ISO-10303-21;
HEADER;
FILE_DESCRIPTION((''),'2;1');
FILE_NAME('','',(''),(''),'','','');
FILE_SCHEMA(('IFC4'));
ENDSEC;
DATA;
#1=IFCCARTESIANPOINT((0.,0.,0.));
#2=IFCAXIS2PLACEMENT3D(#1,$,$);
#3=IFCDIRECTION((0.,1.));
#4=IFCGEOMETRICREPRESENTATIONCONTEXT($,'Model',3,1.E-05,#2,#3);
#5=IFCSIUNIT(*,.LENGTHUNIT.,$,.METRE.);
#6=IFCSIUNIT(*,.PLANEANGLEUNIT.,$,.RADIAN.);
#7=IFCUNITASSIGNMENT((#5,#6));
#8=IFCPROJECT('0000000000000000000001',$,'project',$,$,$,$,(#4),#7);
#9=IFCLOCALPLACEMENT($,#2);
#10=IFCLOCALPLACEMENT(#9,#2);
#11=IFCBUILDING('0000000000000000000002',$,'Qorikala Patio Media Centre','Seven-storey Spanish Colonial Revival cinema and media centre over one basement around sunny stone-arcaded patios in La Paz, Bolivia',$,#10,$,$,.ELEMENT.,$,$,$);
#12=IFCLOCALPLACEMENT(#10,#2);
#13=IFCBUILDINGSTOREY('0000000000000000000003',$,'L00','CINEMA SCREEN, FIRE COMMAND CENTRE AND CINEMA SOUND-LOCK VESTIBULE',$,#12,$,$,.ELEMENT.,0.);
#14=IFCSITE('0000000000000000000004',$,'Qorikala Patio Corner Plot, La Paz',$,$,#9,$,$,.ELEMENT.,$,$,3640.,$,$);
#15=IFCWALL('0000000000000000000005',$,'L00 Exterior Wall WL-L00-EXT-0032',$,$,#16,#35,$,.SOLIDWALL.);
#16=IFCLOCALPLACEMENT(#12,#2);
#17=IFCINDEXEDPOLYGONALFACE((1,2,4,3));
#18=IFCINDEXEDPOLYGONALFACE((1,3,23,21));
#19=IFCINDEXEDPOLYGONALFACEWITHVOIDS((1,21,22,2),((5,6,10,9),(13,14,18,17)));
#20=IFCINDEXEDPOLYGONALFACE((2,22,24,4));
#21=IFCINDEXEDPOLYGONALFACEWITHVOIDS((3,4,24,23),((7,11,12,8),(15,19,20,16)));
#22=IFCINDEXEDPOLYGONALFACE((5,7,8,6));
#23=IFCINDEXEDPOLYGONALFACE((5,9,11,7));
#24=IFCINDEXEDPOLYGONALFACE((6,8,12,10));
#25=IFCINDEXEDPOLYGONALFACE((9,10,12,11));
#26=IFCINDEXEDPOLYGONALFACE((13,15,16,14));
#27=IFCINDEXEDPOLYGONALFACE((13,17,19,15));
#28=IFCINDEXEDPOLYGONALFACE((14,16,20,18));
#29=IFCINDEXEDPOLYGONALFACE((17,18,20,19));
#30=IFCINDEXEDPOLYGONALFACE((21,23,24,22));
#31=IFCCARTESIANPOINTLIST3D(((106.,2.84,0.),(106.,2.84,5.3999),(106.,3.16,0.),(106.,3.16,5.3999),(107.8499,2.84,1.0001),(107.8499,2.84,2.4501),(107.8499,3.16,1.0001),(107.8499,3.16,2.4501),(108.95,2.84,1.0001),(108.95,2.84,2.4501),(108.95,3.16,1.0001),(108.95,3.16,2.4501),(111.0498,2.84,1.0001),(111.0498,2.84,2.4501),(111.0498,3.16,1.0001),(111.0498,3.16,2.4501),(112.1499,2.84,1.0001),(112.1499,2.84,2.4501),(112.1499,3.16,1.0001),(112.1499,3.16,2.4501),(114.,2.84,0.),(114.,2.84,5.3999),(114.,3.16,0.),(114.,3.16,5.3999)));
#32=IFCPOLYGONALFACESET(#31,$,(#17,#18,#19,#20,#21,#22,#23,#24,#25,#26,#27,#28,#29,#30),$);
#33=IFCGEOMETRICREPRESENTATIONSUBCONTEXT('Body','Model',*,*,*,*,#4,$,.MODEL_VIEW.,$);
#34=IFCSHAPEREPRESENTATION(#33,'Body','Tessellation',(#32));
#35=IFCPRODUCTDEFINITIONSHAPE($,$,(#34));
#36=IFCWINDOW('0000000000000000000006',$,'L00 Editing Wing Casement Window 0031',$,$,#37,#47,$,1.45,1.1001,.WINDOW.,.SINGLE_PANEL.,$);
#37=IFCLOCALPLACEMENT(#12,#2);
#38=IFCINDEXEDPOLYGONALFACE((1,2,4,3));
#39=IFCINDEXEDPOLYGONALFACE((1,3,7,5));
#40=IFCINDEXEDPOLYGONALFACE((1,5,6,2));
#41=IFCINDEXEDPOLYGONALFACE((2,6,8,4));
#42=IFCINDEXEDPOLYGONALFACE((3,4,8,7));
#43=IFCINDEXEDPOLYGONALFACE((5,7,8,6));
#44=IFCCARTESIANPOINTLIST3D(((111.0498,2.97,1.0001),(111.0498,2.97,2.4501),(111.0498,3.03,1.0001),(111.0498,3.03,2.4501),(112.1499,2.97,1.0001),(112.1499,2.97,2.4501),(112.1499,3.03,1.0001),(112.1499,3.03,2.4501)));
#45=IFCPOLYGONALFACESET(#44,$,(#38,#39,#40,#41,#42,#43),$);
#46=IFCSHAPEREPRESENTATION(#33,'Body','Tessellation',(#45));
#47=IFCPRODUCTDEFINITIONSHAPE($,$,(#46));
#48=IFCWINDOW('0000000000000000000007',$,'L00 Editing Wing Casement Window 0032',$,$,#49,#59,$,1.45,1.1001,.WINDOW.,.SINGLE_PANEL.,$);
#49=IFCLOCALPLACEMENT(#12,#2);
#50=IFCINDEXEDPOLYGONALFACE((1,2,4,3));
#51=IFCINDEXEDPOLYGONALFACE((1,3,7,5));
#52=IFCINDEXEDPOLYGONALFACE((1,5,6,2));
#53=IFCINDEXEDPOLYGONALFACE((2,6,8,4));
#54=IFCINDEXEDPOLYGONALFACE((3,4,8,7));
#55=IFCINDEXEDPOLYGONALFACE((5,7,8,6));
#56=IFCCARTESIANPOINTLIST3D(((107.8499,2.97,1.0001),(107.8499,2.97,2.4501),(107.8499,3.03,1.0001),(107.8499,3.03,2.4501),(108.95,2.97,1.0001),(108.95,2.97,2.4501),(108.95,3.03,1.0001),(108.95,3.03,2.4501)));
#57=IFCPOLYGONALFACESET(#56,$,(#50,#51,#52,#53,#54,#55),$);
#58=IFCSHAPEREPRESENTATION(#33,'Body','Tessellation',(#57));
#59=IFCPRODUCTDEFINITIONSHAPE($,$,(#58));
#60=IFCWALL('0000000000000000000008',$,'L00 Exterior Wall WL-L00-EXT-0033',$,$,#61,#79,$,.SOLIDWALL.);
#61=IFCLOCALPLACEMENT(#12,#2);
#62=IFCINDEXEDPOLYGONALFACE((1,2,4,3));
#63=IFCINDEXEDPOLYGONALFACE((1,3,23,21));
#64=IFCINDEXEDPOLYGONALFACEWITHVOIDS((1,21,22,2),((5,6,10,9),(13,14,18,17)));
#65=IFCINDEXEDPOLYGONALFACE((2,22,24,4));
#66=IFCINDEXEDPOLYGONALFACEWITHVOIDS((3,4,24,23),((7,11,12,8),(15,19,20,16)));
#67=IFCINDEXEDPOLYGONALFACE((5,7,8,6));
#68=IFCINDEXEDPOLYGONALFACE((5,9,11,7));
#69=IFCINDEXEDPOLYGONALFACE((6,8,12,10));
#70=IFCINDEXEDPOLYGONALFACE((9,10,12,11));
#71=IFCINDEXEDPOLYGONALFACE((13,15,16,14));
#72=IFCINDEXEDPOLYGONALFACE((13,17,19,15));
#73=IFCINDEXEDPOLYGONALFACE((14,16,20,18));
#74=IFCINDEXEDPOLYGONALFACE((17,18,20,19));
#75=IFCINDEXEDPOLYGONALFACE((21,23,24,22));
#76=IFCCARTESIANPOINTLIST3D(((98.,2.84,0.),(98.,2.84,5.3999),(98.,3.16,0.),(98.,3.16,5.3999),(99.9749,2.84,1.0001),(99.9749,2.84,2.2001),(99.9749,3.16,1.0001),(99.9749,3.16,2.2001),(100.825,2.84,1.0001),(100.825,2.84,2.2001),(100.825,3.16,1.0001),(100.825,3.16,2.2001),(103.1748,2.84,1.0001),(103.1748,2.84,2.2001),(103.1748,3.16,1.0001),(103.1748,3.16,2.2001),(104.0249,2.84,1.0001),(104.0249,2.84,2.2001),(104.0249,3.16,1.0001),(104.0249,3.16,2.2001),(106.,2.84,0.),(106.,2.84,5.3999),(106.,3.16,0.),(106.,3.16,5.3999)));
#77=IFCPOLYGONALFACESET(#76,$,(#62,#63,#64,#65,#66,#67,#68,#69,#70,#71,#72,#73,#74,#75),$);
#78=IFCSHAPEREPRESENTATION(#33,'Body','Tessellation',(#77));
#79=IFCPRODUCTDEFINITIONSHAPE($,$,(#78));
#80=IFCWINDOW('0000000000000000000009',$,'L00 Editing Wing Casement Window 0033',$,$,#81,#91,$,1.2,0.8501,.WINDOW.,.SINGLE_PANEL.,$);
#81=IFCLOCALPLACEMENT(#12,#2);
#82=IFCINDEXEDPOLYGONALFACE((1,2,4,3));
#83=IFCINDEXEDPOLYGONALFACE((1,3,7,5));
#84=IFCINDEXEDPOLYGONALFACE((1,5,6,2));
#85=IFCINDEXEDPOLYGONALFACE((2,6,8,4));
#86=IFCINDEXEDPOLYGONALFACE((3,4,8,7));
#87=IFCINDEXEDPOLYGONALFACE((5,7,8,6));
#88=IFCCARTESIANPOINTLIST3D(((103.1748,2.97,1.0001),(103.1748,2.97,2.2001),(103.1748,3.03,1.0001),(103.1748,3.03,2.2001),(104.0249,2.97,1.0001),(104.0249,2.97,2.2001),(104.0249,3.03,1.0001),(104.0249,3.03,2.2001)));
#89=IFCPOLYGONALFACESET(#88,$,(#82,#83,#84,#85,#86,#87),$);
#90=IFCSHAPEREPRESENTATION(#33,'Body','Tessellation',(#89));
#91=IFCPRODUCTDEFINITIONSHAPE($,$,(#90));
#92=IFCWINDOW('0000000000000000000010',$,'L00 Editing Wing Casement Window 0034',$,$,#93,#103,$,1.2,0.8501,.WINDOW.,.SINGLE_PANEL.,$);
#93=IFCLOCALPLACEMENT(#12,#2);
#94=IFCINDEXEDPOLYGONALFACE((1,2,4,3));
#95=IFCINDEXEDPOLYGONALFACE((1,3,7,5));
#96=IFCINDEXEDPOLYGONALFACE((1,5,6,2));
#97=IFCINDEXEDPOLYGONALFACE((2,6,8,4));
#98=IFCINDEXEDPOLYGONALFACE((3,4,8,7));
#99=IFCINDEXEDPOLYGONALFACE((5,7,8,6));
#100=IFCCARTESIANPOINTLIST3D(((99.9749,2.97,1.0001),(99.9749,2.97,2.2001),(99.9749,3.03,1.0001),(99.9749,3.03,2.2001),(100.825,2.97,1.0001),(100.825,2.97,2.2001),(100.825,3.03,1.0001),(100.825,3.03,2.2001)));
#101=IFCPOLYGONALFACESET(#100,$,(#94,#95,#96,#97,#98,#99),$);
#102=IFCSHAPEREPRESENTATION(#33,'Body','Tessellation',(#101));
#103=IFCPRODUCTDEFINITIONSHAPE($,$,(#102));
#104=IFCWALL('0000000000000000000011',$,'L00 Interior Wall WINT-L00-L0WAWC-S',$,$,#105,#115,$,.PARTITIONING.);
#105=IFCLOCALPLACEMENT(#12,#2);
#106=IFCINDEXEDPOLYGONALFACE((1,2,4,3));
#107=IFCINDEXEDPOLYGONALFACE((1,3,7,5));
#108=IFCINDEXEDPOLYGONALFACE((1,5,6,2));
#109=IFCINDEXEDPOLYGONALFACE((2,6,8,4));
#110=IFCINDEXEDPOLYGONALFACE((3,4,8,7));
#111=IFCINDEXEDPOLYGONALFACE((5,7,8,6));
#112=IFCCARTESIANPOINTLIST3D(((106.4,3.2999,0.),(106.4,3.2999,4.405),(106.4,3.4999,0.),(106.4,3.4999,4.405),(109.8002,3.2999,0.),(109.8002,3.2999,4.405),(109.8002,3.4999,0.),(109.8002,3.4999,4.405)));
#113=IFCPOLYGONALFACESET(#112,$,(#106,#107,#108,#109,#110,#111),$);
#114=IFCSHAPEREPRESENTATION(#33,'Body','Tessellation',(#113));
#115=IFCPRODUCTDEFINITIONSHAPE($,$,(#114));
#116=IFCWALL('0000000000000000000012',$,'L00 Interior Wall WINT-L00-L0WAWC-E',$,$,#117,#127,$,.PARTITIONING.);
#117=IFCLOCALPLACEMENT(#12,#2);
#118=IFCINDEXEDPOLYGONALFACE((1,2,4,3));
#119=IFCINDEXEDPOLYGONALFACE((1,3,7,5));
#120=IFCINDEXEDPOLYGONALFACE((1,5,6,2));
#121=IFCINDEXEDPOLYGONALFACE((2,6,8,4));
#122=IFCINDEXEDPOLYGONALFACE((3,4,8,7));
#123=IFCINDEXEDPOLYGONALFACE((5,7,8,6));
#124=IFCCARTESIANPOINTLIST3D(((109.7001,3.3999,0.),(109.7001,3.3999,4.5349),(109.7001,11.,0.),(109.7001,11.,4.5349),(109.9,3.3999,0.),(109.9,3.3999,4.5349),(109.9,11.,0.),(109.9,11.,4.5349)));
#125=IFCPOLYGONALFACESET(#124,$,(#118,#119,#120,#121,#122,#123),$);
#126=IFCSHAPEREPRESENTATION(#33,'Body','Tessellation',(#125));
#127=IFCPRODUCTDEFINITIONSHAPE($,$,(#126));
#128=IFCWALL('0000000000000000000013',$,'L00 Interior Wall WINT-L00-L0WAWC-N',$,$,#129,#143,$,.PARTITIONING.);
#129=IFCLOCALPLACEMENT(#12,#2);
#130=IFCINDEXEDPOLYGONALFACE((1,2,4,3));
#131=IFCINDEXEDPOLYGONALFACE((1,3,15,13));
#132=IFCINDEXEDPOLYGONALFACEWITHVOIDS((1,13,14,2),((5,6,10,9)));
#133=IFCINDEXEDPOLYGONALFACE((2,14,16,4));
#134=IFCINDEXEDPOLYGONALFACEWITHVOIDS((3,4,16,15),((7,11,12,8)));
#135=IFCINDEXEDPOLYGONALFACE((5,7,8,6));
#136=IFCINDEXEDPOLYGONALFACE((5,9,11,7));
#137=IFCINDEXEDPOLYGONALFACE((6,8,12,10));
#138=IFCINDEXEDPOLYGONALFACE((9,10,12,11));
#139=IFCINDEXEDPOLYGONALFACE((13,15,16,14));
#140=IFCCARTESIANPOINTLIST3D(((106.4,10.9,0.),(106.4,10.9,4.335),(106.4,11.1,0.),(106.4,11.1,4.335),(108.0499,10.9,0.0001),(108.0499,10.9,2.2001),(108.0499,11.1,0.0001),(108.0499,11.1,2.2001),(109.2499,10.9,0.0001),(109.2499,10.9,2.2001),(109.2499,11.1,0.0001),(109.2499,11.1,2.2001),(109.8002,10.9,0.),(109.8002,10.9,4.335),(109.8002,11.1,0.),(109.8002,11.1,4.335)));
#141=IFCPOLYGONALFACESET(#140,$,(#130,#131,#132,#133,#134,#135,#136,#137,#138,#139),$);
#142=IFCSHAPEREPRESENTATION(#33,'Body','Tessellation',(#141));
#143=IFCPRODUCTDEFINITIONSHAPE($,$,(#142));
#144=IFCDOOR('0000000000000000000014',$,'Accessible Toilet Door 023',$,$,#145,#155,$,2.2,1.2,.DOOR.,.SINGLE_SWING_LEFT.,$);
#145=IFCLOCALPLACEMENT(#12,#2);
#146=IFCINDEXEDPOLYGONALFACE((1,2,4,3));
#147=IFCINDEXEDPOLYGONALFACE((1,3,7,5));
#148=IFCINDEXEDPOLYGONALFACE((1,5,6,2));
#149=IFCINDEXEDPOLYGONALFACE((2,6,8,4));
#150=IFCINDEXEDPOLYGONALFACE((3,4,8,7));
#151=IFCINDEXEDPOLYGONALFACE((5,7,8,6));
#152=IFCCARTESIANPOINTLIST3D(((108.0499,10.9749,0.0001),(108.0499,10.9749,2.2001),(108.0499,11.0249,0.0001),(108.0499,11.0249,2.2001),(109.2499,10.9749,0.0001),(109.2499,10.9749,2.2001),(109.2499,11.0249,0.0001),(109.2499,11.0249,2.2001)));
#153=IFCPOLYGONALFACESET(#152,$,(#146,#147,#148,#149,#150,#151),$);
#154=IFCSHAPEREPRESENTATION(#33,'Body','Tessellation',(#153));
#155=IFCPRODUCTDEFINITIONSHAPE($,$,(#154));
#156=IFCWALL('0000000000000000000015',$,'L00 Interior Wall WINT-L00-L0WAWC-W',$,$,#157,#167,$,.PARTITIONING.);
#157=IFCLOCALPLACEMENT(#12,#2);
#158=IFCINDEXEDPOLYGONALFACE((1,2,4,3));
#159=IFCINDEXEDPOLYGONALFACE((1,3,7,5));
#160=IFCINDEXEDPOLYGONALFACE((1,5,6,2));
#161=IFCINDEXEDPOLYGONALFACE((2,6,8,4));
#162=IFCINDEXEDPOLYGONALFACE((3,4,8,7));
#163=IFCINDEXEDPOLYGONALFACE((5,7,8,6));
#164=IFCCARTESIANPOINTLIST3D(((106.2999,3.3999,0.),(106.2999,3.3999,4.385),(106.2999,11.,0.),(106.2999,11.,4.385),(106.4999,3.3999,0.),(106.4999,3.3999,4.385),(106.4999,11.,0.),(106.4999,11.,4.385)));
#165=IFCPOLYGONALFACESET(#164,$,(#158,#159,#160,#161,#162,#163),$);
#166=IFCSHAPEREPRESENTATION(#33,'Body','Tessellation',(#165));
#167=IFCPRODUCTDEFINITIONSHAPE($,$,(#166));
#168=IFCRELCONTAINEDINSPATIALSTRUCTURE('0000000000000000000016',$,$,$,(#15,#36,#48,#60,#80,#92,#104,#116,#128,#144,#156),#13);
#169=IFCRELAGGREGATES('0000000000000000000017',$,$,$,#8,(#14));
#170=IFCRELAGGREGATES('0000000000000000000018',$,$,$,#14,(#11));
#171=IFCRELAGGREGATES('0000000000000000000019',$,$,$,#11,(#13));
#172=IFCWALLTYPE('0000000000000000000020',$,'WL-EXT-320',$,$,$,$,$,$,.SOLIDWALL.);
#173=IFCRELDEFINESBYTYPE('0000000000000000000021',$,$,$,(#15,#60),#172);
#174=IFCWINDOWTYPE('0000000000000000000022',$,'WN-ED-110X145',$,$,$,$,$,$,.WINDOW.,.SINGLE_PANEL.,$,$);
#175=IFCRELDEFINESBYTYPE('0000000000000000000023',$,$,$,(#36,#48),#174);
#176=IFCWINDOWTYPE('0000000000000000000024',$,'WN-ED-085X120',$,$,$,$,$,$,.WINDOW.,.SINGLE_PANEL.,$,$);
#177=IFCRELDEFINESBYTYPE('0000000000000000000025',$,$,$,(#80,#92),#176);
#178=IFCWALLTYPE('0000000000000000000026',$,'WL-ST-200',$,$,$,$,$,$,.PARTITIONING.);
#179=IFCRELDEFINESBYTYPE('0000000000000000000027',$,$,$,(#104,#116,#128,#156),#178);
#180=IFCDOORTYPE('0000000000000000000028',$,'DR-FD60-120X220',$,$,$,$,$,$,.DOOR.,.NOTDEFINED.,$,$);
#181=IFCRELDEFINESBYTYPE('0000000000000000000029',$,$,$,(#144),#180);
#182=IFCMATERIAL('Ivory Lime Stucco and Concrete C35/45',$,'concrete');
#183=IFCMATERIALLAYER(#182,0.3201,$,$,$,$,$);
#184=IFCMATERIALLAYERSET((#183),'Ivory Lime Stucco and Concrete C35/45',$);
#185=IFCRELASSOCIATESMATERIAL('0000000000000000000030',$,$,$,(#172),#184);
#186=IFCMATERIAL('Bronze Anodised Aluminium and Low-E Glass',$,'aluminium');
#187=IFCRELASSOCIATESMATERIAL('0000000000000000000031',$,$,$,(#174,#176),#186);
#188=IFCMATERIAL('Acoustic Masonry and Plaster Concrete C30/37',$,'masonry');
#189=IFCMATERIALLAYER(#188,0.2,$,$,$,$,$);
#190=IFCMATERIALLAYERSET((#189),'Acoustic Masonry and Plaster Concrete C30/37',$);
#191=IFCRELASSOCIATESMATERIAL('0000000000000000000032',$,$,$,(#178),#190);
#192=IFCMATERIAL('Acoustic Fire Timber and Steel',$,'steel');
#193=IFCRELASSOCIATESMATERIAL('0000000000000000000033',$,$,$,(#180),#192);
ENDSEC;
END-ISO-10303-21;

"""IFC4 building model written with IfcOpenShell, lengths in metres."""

from ifc_helpers import new_model, si_unit, direction, frame, frame_2d, origin, place, context, subcontext, project, spatial, rectangle, extrude, material, layer, layer_set, type_object, element, fill, save


model = new_model("IFC4")

# Units and contexts
model_context = context("Model", 3, precision=1e-05, world=origin(), true_north=direction((0.0, 1.0)))
body_context = subcontext(model_context, "Body", "Model", "MODEL_VIEW")
ifc_project = project(units=[si_unit("LENGTHUNIT", "METRE"), si_unit("PLANEANGLEUNIT", "RADIAN")], contexts=[model_context])

# Site, building, storey
site_placement = place(None, origin())
site = spatial("IfcSite", under=ifc_project, at=site_placement, Name="Qorikala Patio Corner Plot, La Paz", CompositionType="ELEMENT", RefElevation=3640.0)
building_placement = place(site_placement, origin())
building = spatial("IfcBuilding", under=site, at=building_placement, Name="Qorikala Patio Media Centre", Description="Seven-storey Spanish Colonial Revival cinema and media centre over one basement around sunny stone-arcaded patios in La Paz, Bolivia", CompositionType="ELEMENT")
storey_placement = place(building_placement, origin())
storey = spatial("IfcBuildingStorey", under=building, at=storey_placement, Name="L00", Description="CINEMA SCREEN, FIRE COMMAND CENTRE AND CINEMA SOUND-LOCK VESTIBULE", CompositionType="ELEMENT", Elevation=0.0)

# Walls, openings, windows
ifc_material_1 = material(Name="Ivory Lime Stucco and Concrete C35/45", Category="concrete")
ifc_layer_1 = layer(ifc_material_1, 0.3201)
ifc_layer_set_1 = layer_set([ifc_layer_1], Name="Ivory Lime Stucco and Concrete C35/45")
wall_type_1 = type_object("IfcWallType", Name="WL-EXT-320", PredefinedType="SOLIDWALL", material=ifc_layer_set_1)
wall_1_placement = place(storey_placement, frame((114.0, 3.0, 0.0), z_axis=(0.0, 0.0, 1.0), x_axis=(-1.0, 0.0, 0.0)))
wall_1 = element("IfcWall", 1, at=wall_1_placement, inside=storey, type_object=wall_type_1, Name="L00 Exterior Wall WL-L00-EXT-0032", PredefinedType="SOLIDWALL", context=body_context, shape_type="SweptSolid", body=[
    extrude(rectangle(XDim=8.0, YDim=0.3201, at=frame_2d((4.0, 0.0))), origin(), (0.0, 0.0, 1.0), 5.3999),
])
opening_1_placement = place(wall_1_placement, frame((1.8501, 0.0, 1.0)))
opening_1 = element("IfcOpeningElement", 2, at=opening_1_placement, cuts=wall_1, PredefinedType="OPENING", context=body_context, shape_type="SweptSolid", body=[
    extrude(rectangle(XDim=1.1001, YDim=1.45, at=frame_2d((0.55, 0.7251))), frame((0.0, 0.1699, 0.0), z_axis=(0.0, -1.0, 0.0), x_axis=(1.0, 0.0, 0.0)), (0.0, 0.0, 1.0), 0.3401),
])
opening_2_placement = place(wall_1_placement, frame((5.05, 0.0, 1.0)))
opening_2 = element("IfcOpeningElement", 3, at=opening_2_placement, cuts=wall_1, PredefinedType="OPENING", context=body_context, shape_type="SweptSolid", body=[
    extrude(rectangle(XDim=1.1001, YDim=1.45, at=frame_2d((0.55, 0.7251))), frame((0.0, 0.1699, 0.0), z_axis=(0.0, -1.0, 0.0), x_axis=(1.0, 0.0, 0.0)), (0.0, 0.0, 1.0), 0.3401),
])
ifc_material_2 = material(Name="Bronze Anodised Aluminium and Low-E Glass", Category="aluminium")
window_type_1 = type_object("IfcWindowType", Name="WN-ED-110X145", PartitioningType="SINGLE_PANEL", PredefinedType="WINDOW", material=ifc_material_2)
window_1_placement = place(opening_1_placement, origin())
window_1 = element("IfcWindow", 4, at=window_1_placement, inside=storey, type_object=window_type_1, Name="L00 Editing Wing Casement Window 0031", OverallHeight=1.45, OverallWidth=1.1001, PartitioningType="SINGLE_PANEL", PredefinedType="WINDOW", context=body_context, shape_type="SweptSolid", body=[
    extrude(rectangle(XDim=1.1001, YDim=1.45, at=frame_2d((0.55, 0.7251))), frame((0.0, 0.03, 0.0), z_axis=(0.0, -1.0, 0.0), x_axis=(1.0, 0.0, 0.0)), (0.0, 0.0, 1.0), 0.0601),
])
fill(opening_1, window_1)
window_2_placement = place(opening_2_placement, origin())
window_2 = element("IfcWindow", 5, at=window_2_placement, inside=storey, type_object=window_type_1, Name="L00 Editing Wing Casement Window 0032", OverallHeight=1.45, OverallWidth=1.1001, PartitioningType="SINGLE_PANEL", PredefinedType="WINDOW", context=body_context, shape_type="SweptSolid", body=[
    extrude(rectangle(XDim=1.1001, YDim=1.45, at=frame_2d((0.55, 0.7251))), frame((0.0, 0.03, 0.0), z_axis=(0.0, -1.0, 0.0), x_axis=(1.0, 0.0, 0.0)), (0.0, 0.0, 1.0), 0.0601),
])
fill(opening_2, window_2)
wall_2_placement = place(storey_placement, frame((106.0, 3.0, 0.0), z_axis=(0.0, 0.0, 1.0), x_axis=(-1.0, 0.0, 0.0)))
wall_2 = element("IfcWall", 6, at=wall_2_placement, inside=storey, type_object=wall_type_1, Name="L00 Exterior Wall WL-L00-EXT-0033", PredefinedType="SOLIDWALL", context=body_context, shape_type="SweptSolid", body=[
    extrude(rectangle(XDim=8.0, YDim=0.3201, at=frame_2d((4.0, 0.0))), origin(), (0.0, 0.0, 1.0), 5.3999),
])
opening_3_placement = place(wall_2_placement, frame((1.9751, 0.0, 1.0)))
opening_3 = element("IfcOpeningElement", 7, at=opening_3_placement, cuts=wall_2, PredefinedType="OPENING", context=body_context, shape_type="SweptSolid", body=[
    extrude(rectangle(XDim=0.8501, YDim=1.2, at=frame_2d((0.425, 0.6001))), frame((0.0, 0.1699, 0.0), z_axis=(0.0, -1.0, 0.0), x_axis=(1.0, 0.0, 0.0)), (0.0, 0.0, 1.0), 0.3401),
])
opening_4_placement = place(wall_2_placement, frame((5.175, 0.0, 1.0)))
opening_4 = element("IfcOpeningElement", 8, at=opening_4_placement, cuts=wall_2, PredefinedType="OPENING", context=body_context, shape_type="SweptSolid", body=[
    extrude(rectangle(XDim=0.8501, YDim=1.2, at=frame_2d((0.425, 0.6001))), frame((0.0, 0.1699, 0.0), z_axis=(0.0, -1.0, 0.0), x_axis=(1.0, 0.0, 0.0)), (0.0, 0.0, 1.0), 0.3401),
])
window_type_2 = type_object("IfcWindowType", Name="WN-ED-085X120", PartitioningType="SINGLE_PANEL", PredefinedType="WINDOW", material=ifc_material_2)
window_3_placement = place(opening_3_placement, origin())
window_3 = element("IfcWindow", 9, at=window_3_placement, inside=storey, type_object=window_type_2, Name="L00 Editing Wing Casement Window 0033", OverallHeight=1.2, OverallWidth=0.8501, PartitioningType="SINGLE_PANEL", PredefinedType="WINDOW", context=body_context, shape_type="SweptSolid", body=[
    extrude(rectangle(XDim=0.8501, YDim=1.2, at=frame_2d((0.425, 0.6001))), frame((0.0, 0.03, 0.0), z_axis=(0.0, -1.0, 0.0), x_axis=(1.0, 0.0, 0.0)), (0.0, 0.0, 1.0), 0.0601),
])
fill(opening_3, window_3)
window_4_placement = place(opening_4_placement, origin())
window_4 = element("IfcWindow", 10, at=window_4_placement, inside=storey, type_object=window_type_2, Name="L00 Editing Wing Casement Window 0034", OverallHeight=1.2, OverallWidth=0.8501, PartitioningType="SINGLE_PANEL", PredefinedType="WINDOW", context=body_context, shape_type="SweptSolid", body=[
    extrude(rectangle(XDim=0.8501, YDim=1.2, at=frame_2d((0.425, 0.6001))), frame((0.0, 0.03, 0.0), z_axis=(0.0, -1.0, 0.0), x_axis=(1.0, 0.0, 0.0)), (0.0, 0.0, 1.0), 0.0601),
])
fill(opening_4, window_4)

# Walls
ifc_material_3 = material(Name="Acoustic Masonry and Plaster Concrete C30/37", Category="masonry")
ifc_layer_2 = layer(ifc_material_3, 0.2)
ifc_layer_set_2 = layer_set([ifc_layer_2], Name="Acoustic Masonry and Plaster Concrete C30/37")
wall_type_2 = type_object("IfcWallType", Name="WL-ST-200", PredefinedType="PARTITIONING", material=ifc_layer_set_2)
wall_3_placement = place(storey_placement, frame((106.3999, 3.3999, 0.0), z_axis=(0.0, 0.0, 1.0), x_axis=(1.0, 0.0, 0.0)))
element("IfcWall", 11, at=wall_3_placement, inside=storey, type_object=wall_type_2, Name="L00 Interior Wall WINT-L00-L0WAWC-S", PredefinedType="PARTITIONING", context=body_context, shape_type="SweptSolid", body=[
    extrude(rectangle(XDim=3.4001, YDim=0.2, at=frame_2d((1.7002, 0.0))), origin(), (0.0, 0.0, 1.0), 4.405),
])
wall_4_placement = place(storey_placement, frame((109.8, 3.3999, 0.0), z_axis=(0.0, 0.0, 1.0), x_axis=(0.0, 1.0, 0.0)))
element("IfcWall", 12, at=wall_4_placement, inside=storey, type_object=wall_type_2, Name="L00 Interior Wall WINT-L00-L0WAWC-E", PredefinedType="PARTITIONING", context=body_context, shape_type="SweptSolid", body=[
    extrude(rectangle(XDim=7.6001, YDim=0.2, at=frame_2d((3.8, 0.0))), origin(), (0.0, 0.0, 1.0), 4.5349),
])

# Wall, opening, door
wall_5_placement = place(storey_placement, frame((106.3999, 11.0, 0.0), z_axis=(0.0, 0.0, 1.0), x_axis=(1.0, 0.0, 0.0)))
wall_5 = element("IfcWall", 13, at=wall_5_placement, inside=storey, type_object=wall_type_2, Name="L00 Interior Wall WINT-L00-L0WAWC-N", PredefinedType="PARTITIONING", context=body_context, shape_type="SweptSolid", body=[
    extrude(rectangle(XDim=3.4001, YDim=0.2, at=frame_2d((1.7002, 0.0))), origin(), (0.0, 0.0, 1.0), 4.335),
])
opening_5_placement = place(wall_5_placement, frame((1.6499, 0.0, 0.0)))
opening_5 = element("IfcOpeningElement", 14, at=opening_5_placement, cuts=wall_5, PredefinedType="OPENING", context=body_context, shape_type="SweptSolid", body=[
    extrude(rectangle(XDim=1.2, YDim=2.2, at=frame_2d((0.6001, 1.1001))), frame((0.0, 0.1099, 0.0), z_axis=(0.0, -1.0, 0.0), x_axis=(1.0, 0.0, 0.0)), (0.0, 0.0, 1.0), 0.22),
])
ifc_material_4 = material(Name="Acoustic Fire Timber and Steel", Category="steel")
door_type_1 = type_object("IfcDoorType", Name="DR-FD60-120X220", OperationType="NOTDEFINED", PredefinedType="DOOR", material=ifc_material_4)
door_1_placement = place(opening_5_placement, origin())
door_1 = element("IfcDoor", 15, at=door_1_placement, inside=storey, type_object=door_type_1, Name="Accessible Toilet Door 023", OperationType="SINGLE_SWING_LEFT", OverallHeight=2.2, OverallWidth=1.2, PredefinedType="DOOR", context=body_context, shape_type="SweptSolid", body=[
    extrude(rectangle(XDim=1.2, YDim=2.2, at=frame_2d((0.6001, 1.1001))), frame((0.0, 0.0249, 0.0), z_axis=(0.0, -1.0, 0.0), x_axis=(1.0, 0.0, 0.0)), (0.0, 0.0, 1.0), 0.05),
])
fill(opening_5, door_1)

# Wall
wall_6_placement = place(storey_placement, frame((106.3999, 3.3999, 0.0), z_axis=(0.0, 0.0, 1.0), x_axis=(0.0, 1.0, 0.0)))
element("IfcWall", 16, at=wall_6_placement, inside=storey, type_object=wall_type_2, Name="L00 Interior Wall WINT-L00-L0WAWC-W", PredefinedType="PARTITIONING", context=body_context, shape_type="SweptSolid", body=[
    extrude(rectangle(XDim=7.6001, YDim=0.2, at=frame_2d((3.8, 0.0))), origin(), (0.0, 0.0, 1.0), 4.385),
])

save(model, "model.ifc")
